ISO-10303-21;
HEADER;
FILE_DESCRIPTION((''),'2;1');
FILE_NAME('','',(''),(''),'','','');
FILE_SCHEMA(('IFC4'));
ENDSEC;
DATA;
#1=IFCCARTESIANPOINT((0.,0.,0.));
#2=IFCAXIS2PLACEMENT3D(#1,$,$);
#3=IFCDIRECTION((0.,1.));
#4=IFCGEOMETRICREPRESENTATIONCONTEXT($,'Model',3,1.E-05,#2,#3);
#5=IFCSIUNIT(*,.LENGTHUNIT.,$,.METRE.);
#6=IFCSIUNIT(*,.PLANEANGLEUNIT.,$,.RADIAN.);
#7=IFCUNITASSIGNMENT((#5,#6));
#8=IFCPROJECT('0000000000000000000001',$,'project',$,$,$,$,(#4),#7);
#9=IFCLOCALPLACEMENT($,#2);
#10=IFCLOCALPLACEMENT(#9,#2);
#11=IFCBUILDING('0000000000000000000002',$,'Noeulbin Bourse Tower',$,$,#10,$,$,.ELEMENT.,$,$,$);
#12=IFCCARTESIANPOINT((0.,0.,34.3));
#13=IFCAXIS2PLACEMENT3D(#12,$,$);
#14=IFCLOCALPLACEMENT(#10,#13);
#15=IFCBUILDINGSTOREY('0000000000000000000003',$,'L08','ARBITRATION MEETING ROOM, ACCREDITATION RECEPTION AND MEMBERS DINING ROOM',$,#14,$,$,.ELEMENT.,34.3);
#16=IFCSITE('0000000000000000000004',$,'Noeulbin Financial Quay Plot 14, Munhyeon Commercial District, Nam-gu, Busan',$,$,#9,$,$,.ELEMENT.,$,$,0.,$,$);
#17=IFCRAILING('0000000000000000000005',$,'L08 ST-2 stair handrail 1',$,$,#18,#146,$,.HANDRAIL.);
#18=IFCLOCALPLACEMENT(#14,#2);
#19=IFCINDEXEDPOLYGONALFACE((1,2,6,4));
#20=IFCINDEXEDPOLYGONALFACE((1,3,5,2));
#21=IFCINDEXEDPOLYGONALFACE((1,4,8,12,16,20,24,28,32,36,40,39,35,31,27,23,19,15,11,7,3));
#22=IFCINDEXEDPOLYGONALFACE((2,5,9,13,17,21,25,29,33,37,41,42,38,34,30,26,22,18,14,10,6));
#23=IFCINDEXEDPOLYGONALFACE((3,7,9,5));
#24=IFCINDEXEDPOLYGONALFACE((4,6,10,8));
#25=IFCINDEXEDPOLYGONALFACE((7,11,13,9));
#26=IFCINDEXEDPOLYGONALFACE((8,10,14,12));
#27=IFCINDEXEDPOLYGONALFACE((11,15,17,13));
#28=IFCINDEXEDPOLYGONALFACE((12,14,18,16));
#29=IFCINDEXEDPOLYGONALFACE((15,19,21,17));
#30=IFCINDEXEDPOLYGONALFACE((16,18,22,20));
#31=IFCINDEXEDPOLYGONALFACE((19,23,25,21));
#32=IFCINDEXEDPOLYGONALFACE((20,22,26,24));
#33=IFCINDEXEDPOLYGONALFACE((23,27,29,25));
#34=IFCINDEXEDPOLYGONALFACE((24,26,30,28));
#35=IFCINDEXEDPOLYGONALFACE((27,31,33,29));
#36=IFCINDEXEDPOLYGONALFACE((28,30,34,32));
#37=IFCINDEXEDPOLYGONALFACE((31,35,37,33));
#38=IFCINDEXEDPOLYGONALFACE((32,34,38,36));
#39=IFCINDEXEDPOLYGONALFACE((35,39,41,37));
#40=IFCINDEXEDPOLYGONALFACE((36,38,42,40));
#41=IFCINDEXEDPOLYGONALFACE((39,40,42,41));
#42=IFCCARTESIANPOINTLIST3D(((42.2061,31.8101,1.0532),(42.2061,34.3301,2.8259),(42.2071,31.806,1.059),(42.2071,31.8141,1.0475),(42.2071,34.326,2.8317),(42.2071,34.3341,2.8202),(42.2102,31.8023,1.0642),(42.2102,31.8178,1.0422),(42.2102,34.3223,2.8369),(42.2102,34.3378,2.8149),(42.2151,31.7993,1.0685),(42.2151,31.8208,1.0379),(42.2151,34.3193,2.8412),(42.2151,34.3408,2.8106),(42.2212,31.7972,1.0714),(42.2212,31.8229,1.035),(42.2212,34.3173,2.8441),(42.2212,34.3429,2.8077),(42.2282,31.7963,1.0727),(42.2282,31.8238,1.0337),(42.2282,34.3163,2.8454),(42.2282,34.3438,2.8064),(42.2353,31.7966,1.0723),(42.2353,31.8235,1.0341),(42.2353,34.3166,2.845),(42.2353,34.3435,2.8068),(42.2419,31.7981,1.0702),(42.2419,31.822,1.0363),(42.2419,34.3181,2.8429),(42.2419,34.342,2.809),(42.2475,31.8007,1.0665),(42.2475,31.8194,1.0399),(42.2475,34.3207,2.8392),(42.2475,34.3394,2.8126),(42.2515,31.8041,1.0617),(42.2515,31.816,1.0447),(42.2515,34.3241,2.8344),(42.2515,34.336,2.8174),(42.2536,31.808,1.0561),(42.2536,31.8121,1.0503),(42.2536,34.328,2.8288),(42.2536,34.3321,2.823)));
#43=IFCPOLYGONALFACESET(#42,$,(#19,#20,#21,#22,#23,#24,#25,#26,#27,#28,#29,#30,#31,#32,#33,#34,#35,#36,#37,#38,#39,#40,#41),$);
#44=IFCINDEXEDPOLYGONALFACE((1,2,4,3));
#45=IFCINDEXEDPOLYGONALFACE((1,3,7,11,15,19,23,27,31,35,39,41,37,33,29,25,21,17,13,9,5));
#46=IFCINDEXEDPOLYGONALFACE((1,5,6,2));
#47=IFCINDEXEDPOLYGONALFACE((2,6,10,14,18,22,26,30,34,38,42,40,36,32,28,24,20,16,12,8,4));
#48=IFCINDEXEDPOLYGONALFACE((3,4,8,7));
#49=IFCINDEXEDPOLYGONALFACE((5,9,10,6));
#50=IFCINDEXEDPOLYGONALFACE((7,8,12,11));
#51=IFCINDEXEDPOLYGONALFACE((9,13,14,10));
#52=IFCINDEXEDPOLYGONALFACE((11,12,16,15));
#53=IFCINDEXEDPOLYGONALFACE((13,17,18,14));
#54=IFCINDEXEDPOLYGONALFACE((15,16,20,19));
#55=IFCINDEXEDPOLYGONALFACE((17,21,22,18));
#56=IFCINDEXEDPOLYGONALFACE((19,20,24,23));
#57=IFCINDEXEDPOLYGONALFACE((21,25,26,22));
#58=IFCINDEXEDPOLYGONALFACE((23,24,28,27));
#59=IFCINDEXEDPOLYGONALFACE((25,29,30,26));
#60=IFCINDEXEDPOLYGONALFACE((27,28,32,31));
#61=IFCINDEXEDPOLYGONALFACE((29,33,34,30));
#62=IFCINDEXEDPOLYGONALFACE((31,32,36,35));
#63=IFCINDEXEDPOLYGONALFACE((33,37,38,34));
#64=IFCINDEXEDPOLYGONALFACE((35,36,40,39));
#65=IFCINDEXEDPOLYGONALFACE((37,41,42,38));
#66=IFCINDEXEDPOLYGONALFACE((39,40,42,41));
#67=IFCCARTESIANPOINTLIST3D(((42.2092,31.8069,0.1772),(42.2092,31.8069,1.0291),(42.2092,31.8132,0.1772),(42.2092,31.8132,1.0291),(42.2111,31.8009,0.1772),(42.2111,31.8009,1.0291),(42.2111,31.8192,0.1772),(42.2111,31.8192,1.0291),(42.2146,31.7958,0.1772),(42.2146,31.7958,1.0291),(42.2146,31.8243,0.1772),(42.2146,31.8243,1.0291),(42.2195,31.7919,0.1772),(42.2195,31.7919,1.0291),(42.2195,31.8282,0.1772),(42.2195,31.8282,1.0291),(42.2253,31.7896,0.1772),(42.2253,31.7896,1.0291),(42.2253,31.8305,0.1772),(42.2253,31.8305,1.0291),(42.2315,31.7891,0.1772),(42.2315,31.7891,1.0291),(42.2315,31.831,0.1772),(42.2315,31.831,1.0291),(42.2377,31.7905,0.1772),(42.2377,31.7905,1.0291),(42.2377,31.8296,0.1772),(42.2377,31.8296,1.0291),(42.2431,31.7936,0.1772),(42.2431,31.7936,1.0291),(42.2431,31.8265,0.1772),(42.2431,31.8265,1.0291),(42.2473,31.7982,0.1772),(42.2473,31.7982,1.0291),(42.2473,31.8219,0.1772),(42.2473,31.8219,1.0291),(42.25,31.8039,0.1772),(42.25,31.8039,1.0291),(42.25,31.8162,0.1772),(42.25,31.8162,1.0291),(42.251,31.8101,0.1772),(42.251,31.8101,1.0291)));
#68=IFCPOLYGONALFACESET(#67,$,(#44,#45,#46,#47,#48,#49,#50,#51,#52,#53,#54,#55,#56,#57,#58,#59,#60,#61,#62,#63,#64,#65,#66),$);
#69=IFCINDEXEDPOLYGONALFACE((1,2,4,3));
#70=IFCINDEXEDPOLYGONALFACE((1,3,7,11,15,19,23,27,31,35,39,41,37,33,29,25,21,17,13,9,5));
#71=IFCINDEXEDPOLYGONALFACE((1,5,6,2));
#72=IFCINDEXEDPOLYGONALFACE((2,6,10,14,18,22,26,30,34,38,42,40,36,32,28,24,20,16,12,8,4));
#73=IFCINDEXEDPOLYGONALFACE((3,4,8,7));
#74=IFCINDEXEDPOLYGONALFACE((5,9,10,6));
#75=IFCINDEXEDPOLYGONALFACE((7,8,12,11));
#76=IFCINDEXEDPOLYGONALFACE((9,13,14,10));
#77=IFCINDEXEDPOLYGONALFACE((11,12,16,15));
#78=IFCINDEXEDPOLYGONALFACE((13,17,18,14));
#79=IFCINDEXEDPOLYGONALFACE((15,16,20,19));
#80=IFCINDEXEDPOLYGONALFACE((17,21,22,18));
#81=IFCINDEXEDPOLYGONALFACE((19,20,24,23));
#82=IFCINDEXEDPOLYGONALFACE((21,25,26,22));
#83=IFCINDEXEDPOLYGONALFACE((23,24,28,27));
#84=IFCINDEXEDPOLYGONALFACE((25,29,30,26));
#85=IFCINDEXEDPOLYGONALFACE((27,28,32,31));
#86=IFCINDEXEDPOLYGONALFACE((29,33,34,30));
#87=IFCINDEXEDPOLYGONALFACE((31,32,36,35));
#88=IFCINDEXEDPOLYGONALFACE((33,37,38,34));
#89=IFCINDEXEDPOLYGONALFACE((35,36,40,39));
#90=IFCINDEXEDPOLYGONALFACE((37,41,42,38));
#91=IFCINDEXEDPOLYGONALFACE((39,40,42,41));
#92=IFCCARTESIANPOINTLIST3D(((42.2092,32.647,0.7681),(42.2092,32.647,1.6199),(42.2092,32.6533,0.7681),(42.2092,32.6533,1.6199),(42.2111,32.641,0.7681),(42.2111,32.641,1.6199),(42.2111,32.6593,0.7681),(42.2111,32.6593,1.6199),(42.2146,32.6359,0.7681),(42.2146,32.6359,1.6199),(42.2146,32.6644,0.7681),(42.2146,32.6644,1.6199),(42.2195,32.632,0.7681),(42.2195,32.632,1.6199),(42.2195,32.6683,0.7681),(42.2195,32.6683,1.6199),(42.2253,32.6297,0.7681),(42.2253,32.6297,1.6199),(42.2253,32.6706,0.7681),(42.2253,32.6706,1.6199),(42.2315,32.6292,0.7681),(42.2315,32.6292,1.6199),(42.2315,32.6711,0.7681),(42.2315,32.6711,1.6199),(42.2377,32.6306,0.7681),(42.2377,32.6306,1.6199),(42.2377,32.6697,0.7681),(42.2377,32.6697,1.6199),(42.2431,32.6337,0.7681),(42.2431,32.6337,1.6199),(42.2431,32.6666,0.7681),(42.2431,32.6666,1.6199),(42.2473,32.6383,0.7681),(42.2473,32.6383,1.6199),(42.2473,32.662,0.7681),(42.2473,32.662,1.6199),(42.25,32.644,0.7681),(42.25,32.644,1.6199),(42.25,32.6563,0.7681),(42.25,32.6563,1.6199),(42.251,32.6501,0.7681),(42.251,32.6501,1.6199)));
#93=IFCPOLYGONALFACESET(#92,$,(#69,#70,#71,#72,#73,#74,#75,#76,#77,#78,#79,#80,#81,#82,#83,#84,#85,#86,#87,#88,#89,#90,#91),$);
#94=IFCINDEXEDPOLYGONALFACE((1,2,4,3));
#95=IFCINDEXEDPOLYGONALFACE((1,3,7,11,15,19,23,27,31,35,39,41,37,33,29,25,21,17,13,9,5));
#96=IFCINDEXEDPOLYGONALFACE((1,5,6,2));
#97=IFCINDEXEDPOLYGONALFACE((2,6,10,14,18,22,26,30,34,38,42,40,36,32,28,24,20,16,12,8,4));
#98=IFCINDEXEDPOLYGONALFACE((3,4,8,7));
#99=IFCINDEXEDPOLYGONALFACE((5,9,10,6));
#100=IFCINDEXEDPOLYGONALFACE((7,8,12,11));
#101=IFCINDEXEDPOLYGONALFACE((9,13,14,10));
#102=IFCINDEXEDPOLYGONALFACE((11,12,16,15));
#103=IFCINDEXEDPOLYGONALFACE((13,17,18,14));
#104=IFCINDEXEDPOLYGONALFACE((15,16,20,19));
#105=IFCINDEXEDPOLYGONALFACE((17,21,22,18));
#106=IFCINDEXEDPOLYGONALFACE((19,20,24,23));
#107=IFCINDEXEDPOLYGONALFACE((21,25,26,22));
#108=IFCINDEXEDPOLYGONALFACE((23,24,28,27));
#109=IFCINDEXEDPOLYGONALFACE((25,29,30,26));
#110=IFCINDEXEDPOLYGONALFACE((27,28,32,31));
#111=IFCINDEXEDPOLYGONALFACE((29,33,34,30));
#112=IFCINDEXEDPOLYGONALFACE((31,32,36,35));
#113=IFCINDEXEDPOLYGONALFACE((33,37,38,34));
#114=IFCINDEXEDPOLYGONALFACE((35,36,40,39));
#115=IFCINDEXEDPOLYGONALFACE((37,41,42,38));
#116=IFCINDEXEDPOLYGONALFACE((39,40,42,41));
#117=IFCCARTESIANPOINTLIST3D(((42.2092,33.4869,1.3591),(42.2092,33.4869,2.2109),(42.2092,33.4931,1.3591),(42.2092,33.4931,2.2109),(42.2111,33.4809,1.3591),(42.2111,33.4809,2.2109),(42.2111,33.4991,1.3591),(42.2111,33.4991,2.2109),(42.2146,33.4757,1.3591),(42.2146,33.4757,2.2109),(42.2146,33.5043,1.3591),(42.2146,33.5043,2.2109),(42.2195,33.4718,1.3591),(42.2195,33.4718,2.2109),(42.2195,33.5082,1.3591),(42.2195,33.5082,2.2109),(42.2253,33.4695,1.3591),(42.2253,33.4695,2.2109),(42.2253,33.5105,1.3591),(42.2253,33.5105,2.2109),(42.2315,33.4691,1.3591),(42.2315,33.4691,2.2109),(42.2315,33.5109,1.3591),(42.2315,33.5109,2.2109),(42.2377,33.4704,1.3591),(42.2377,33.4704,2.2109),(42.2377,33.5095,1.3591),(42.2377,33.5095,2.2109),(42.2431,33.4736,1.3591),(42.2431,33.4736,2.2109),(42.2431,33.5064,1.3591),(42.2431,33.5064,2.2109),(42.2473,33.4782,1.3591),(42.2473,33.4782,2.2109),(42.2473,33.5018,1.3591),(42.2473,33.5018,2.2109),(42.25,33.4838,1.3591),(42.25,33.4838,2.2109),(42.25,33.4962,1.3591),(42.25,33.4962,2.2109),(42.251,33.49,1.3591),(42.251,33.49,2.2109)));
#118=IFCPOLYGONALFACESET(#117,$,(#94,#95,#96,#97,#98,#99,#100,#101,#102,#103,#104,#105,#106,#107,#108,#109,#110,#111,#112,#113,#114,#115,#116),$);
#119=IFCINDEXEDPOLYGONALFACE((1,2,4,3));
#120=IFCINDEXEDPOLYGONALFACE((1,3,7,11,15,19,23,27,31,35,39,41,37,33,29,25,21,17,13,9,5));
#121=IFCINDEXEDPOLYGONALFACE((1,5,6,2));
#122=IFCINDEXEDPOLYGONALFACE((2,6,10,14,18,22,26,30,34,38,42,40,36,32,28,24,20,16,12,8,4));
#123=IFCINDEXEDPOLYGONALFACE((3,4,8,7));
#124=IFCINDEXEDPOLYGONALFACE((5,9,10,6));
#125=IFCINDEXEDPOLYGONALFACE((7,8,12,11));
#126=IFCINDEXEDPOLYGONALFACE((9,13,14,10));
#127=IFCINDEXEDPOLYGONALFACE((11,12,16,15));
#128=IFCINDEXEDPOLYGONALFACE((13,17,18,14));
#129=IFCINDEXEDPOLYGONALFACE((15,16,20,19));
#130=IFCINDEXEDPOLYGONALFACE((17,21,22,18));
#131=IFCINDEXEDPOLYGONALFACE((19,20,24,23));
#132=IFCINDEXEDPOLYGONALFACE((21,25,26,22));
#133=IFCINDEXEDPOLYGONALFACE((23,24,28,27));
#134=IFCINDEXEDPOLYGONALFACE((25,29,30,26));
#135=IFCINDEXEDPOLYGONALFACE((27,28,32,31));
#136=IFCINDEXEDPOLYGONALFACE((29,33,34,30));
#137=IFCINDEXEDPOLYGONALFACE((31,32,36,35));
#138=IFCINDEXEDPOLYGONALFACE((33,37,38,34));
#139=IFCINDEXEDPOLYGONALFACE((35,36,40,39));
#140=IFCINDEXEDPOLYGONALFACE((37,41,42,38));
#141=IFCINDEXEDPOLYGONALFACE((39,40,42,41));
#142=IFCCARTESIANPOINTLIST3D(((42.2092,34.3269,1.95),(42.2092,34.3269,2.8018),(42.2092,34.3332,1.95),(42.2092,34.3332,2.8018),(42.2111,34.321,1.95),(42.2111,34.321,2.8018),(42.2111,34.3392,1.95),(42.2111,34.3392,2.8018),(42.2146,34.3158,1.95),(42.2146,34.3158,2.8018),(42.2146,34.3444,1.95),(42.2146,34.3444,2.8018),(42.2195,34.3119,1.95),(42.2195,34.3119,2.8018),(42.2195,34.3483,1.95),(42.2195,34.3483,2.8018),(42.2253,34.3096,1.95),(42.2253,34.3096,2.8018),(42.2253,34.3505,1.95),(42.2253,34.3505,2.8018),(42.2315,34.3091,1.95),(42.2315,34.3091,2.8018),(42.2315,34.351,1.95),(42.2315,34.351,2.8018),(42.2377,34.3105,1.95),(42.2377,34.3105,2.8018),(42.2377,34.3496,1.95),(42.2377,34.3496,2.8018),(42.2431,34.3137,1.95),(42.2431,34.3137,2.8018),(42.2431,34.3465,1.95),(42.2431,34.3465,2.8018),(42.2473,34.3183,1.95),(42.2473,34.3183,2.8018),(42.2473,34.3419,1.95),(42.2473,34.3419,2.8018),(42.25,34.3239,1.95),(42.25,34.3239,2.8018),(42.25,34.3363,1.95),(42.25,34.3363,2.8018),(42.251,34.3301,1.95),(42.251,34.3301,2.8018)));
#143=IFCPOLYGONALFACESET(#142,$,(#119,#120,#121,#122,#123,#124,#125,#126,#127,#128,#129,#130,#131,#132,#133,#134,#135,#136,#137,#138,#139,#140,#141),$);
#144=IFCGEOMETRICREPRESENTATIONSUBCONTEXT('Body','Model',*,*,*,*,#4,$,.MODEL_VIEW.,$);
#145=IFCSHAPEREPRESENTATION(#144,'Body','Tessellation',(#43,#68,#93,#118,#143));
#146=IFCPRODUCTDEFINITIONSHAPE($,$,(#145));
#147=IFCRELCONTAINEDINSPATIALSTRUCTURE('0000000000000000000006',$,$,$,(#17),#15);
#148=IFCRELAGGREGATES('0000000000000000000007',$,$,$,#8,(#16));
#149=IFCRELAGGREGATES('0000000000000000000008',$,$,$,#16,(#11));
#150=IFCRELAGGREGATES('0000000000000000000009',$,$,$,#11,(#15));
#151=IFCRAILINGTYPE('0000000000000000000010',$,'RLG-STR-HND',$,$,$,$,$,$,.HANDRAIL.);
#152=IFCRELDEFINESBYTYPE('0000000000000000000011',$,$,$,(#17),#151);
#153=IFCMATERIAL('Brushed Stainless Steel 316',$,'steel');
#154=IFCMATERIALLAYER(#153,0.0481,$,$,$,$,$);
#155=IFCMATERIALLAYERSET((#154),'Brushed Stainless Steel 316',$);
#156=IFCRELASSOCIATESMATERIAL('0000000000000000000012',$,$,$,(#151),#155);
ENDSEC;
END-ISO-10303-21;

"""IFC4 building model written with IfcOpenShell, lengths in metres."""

from ifc_helpers import new_model, si_unit, direction, frame, origin, origin_2d, place, context, subcontext, project, spatial, circle, extrude, material, layer, layer_set, type_object, element, save


model = new_model("IFC4")

# Units and contexts
model_context = context("Model", 3, precision=1e-05, world=origin(), true_north=direction((0.0, 1.0)))
body_context = subcontext(model_context, "Body", "Model", "MODEL_VIEW")
ifc_project = project(units=[si_unit("LENGTHUNIT", "METRE"), si_unit("PLANEANGLEUNIT", "RADIAN")], contexts=[model_context])

# Site, building, storey
site_placement = place(None, origin())
site = spatial("IfcSite", under=ifc_project, at=site_placement, Name="Noeulbin Financial Quay Plot 14, Munhyeon Commercial District, Nam-gu, Busan", CompositionType="ELEMENT", RefElevation=0.0)
building_placement = place(site_placement, origin())
building = spatial("IfcBuilding", under=site, at=building_placement, Name="Noeulbin Bourse Tower", CompositionType="ELEMENT")
storey_placement = place(building_placement, frame((0.0, 0.0, 34.3)))
storey = spatial("IfcBuildingStorey", under=building, at=storey_placement, Name="L08", Description="ARBITRATION MEETING ROOM, ACCREDITATION RECEPTION AND MEMBERS DINING ROOM", CompositionType="ELEMENT", Elevation=34.3)

# Railing
ifc_material_1 = material(Name="Brushed Stainless Steel 316", Category="steel")
ifc_layer_1 = layer(ifc_material_1, 0.0481)
ifc_layer_set_1 = layer_set([ifc_layer_1], Name="Brushed Stainless Steel 316")
railing_type_1 = type_object("IfcRailingType", Name="RLG-STR-HND", PredefinedType="HANDRAIL", material=ifc_layer_set_1)
railing_1_placement = place(storey_placement, frame((42.23, 31.8101, 0.1772)))
element("IfcRailing", 1, at=railing_1_placement, inside=storey, type_object=railing_type_1, Name="L08 ST-2 stair handrail 1", PredefinedType="HANDRAIL", context=body_context, shape_type="SweptSolid", body=[
    extrude(circle(Radius=0.0239, at=origin_2d()), frame((0.0, 0.0, 0.876), z_axis=(0.0, 0.817904, 0.575354), x_axis=(-1.0, 0.0, 0.0)), (0.0, 0.0, 1.0), 3.0811),
    extrude(circle(Radius=0.021, at=origin_2d()), origin(), (0.0, 0.0, 1.0), 0.8518),
    extrude(circle(Radius=0.021, at=origin_2d()), frame((0.0, 0.8401, 0.5908)), (0.0, 0.0, 1.0), 0.8518),
    extrude(circle(Radius=0.021, at=origin_2d()), frame((0.0, 1.6799, 1.1819)), (0.0, 0.0, 1.0), 0.8518),
    extrude(circle(Radius=0.021, at=origin_2d()), frame((0.0, 2.52, 1.7727)), (0.0, 0.0, 1.0), 0.8518),
])

save(model, "model.ifc")
